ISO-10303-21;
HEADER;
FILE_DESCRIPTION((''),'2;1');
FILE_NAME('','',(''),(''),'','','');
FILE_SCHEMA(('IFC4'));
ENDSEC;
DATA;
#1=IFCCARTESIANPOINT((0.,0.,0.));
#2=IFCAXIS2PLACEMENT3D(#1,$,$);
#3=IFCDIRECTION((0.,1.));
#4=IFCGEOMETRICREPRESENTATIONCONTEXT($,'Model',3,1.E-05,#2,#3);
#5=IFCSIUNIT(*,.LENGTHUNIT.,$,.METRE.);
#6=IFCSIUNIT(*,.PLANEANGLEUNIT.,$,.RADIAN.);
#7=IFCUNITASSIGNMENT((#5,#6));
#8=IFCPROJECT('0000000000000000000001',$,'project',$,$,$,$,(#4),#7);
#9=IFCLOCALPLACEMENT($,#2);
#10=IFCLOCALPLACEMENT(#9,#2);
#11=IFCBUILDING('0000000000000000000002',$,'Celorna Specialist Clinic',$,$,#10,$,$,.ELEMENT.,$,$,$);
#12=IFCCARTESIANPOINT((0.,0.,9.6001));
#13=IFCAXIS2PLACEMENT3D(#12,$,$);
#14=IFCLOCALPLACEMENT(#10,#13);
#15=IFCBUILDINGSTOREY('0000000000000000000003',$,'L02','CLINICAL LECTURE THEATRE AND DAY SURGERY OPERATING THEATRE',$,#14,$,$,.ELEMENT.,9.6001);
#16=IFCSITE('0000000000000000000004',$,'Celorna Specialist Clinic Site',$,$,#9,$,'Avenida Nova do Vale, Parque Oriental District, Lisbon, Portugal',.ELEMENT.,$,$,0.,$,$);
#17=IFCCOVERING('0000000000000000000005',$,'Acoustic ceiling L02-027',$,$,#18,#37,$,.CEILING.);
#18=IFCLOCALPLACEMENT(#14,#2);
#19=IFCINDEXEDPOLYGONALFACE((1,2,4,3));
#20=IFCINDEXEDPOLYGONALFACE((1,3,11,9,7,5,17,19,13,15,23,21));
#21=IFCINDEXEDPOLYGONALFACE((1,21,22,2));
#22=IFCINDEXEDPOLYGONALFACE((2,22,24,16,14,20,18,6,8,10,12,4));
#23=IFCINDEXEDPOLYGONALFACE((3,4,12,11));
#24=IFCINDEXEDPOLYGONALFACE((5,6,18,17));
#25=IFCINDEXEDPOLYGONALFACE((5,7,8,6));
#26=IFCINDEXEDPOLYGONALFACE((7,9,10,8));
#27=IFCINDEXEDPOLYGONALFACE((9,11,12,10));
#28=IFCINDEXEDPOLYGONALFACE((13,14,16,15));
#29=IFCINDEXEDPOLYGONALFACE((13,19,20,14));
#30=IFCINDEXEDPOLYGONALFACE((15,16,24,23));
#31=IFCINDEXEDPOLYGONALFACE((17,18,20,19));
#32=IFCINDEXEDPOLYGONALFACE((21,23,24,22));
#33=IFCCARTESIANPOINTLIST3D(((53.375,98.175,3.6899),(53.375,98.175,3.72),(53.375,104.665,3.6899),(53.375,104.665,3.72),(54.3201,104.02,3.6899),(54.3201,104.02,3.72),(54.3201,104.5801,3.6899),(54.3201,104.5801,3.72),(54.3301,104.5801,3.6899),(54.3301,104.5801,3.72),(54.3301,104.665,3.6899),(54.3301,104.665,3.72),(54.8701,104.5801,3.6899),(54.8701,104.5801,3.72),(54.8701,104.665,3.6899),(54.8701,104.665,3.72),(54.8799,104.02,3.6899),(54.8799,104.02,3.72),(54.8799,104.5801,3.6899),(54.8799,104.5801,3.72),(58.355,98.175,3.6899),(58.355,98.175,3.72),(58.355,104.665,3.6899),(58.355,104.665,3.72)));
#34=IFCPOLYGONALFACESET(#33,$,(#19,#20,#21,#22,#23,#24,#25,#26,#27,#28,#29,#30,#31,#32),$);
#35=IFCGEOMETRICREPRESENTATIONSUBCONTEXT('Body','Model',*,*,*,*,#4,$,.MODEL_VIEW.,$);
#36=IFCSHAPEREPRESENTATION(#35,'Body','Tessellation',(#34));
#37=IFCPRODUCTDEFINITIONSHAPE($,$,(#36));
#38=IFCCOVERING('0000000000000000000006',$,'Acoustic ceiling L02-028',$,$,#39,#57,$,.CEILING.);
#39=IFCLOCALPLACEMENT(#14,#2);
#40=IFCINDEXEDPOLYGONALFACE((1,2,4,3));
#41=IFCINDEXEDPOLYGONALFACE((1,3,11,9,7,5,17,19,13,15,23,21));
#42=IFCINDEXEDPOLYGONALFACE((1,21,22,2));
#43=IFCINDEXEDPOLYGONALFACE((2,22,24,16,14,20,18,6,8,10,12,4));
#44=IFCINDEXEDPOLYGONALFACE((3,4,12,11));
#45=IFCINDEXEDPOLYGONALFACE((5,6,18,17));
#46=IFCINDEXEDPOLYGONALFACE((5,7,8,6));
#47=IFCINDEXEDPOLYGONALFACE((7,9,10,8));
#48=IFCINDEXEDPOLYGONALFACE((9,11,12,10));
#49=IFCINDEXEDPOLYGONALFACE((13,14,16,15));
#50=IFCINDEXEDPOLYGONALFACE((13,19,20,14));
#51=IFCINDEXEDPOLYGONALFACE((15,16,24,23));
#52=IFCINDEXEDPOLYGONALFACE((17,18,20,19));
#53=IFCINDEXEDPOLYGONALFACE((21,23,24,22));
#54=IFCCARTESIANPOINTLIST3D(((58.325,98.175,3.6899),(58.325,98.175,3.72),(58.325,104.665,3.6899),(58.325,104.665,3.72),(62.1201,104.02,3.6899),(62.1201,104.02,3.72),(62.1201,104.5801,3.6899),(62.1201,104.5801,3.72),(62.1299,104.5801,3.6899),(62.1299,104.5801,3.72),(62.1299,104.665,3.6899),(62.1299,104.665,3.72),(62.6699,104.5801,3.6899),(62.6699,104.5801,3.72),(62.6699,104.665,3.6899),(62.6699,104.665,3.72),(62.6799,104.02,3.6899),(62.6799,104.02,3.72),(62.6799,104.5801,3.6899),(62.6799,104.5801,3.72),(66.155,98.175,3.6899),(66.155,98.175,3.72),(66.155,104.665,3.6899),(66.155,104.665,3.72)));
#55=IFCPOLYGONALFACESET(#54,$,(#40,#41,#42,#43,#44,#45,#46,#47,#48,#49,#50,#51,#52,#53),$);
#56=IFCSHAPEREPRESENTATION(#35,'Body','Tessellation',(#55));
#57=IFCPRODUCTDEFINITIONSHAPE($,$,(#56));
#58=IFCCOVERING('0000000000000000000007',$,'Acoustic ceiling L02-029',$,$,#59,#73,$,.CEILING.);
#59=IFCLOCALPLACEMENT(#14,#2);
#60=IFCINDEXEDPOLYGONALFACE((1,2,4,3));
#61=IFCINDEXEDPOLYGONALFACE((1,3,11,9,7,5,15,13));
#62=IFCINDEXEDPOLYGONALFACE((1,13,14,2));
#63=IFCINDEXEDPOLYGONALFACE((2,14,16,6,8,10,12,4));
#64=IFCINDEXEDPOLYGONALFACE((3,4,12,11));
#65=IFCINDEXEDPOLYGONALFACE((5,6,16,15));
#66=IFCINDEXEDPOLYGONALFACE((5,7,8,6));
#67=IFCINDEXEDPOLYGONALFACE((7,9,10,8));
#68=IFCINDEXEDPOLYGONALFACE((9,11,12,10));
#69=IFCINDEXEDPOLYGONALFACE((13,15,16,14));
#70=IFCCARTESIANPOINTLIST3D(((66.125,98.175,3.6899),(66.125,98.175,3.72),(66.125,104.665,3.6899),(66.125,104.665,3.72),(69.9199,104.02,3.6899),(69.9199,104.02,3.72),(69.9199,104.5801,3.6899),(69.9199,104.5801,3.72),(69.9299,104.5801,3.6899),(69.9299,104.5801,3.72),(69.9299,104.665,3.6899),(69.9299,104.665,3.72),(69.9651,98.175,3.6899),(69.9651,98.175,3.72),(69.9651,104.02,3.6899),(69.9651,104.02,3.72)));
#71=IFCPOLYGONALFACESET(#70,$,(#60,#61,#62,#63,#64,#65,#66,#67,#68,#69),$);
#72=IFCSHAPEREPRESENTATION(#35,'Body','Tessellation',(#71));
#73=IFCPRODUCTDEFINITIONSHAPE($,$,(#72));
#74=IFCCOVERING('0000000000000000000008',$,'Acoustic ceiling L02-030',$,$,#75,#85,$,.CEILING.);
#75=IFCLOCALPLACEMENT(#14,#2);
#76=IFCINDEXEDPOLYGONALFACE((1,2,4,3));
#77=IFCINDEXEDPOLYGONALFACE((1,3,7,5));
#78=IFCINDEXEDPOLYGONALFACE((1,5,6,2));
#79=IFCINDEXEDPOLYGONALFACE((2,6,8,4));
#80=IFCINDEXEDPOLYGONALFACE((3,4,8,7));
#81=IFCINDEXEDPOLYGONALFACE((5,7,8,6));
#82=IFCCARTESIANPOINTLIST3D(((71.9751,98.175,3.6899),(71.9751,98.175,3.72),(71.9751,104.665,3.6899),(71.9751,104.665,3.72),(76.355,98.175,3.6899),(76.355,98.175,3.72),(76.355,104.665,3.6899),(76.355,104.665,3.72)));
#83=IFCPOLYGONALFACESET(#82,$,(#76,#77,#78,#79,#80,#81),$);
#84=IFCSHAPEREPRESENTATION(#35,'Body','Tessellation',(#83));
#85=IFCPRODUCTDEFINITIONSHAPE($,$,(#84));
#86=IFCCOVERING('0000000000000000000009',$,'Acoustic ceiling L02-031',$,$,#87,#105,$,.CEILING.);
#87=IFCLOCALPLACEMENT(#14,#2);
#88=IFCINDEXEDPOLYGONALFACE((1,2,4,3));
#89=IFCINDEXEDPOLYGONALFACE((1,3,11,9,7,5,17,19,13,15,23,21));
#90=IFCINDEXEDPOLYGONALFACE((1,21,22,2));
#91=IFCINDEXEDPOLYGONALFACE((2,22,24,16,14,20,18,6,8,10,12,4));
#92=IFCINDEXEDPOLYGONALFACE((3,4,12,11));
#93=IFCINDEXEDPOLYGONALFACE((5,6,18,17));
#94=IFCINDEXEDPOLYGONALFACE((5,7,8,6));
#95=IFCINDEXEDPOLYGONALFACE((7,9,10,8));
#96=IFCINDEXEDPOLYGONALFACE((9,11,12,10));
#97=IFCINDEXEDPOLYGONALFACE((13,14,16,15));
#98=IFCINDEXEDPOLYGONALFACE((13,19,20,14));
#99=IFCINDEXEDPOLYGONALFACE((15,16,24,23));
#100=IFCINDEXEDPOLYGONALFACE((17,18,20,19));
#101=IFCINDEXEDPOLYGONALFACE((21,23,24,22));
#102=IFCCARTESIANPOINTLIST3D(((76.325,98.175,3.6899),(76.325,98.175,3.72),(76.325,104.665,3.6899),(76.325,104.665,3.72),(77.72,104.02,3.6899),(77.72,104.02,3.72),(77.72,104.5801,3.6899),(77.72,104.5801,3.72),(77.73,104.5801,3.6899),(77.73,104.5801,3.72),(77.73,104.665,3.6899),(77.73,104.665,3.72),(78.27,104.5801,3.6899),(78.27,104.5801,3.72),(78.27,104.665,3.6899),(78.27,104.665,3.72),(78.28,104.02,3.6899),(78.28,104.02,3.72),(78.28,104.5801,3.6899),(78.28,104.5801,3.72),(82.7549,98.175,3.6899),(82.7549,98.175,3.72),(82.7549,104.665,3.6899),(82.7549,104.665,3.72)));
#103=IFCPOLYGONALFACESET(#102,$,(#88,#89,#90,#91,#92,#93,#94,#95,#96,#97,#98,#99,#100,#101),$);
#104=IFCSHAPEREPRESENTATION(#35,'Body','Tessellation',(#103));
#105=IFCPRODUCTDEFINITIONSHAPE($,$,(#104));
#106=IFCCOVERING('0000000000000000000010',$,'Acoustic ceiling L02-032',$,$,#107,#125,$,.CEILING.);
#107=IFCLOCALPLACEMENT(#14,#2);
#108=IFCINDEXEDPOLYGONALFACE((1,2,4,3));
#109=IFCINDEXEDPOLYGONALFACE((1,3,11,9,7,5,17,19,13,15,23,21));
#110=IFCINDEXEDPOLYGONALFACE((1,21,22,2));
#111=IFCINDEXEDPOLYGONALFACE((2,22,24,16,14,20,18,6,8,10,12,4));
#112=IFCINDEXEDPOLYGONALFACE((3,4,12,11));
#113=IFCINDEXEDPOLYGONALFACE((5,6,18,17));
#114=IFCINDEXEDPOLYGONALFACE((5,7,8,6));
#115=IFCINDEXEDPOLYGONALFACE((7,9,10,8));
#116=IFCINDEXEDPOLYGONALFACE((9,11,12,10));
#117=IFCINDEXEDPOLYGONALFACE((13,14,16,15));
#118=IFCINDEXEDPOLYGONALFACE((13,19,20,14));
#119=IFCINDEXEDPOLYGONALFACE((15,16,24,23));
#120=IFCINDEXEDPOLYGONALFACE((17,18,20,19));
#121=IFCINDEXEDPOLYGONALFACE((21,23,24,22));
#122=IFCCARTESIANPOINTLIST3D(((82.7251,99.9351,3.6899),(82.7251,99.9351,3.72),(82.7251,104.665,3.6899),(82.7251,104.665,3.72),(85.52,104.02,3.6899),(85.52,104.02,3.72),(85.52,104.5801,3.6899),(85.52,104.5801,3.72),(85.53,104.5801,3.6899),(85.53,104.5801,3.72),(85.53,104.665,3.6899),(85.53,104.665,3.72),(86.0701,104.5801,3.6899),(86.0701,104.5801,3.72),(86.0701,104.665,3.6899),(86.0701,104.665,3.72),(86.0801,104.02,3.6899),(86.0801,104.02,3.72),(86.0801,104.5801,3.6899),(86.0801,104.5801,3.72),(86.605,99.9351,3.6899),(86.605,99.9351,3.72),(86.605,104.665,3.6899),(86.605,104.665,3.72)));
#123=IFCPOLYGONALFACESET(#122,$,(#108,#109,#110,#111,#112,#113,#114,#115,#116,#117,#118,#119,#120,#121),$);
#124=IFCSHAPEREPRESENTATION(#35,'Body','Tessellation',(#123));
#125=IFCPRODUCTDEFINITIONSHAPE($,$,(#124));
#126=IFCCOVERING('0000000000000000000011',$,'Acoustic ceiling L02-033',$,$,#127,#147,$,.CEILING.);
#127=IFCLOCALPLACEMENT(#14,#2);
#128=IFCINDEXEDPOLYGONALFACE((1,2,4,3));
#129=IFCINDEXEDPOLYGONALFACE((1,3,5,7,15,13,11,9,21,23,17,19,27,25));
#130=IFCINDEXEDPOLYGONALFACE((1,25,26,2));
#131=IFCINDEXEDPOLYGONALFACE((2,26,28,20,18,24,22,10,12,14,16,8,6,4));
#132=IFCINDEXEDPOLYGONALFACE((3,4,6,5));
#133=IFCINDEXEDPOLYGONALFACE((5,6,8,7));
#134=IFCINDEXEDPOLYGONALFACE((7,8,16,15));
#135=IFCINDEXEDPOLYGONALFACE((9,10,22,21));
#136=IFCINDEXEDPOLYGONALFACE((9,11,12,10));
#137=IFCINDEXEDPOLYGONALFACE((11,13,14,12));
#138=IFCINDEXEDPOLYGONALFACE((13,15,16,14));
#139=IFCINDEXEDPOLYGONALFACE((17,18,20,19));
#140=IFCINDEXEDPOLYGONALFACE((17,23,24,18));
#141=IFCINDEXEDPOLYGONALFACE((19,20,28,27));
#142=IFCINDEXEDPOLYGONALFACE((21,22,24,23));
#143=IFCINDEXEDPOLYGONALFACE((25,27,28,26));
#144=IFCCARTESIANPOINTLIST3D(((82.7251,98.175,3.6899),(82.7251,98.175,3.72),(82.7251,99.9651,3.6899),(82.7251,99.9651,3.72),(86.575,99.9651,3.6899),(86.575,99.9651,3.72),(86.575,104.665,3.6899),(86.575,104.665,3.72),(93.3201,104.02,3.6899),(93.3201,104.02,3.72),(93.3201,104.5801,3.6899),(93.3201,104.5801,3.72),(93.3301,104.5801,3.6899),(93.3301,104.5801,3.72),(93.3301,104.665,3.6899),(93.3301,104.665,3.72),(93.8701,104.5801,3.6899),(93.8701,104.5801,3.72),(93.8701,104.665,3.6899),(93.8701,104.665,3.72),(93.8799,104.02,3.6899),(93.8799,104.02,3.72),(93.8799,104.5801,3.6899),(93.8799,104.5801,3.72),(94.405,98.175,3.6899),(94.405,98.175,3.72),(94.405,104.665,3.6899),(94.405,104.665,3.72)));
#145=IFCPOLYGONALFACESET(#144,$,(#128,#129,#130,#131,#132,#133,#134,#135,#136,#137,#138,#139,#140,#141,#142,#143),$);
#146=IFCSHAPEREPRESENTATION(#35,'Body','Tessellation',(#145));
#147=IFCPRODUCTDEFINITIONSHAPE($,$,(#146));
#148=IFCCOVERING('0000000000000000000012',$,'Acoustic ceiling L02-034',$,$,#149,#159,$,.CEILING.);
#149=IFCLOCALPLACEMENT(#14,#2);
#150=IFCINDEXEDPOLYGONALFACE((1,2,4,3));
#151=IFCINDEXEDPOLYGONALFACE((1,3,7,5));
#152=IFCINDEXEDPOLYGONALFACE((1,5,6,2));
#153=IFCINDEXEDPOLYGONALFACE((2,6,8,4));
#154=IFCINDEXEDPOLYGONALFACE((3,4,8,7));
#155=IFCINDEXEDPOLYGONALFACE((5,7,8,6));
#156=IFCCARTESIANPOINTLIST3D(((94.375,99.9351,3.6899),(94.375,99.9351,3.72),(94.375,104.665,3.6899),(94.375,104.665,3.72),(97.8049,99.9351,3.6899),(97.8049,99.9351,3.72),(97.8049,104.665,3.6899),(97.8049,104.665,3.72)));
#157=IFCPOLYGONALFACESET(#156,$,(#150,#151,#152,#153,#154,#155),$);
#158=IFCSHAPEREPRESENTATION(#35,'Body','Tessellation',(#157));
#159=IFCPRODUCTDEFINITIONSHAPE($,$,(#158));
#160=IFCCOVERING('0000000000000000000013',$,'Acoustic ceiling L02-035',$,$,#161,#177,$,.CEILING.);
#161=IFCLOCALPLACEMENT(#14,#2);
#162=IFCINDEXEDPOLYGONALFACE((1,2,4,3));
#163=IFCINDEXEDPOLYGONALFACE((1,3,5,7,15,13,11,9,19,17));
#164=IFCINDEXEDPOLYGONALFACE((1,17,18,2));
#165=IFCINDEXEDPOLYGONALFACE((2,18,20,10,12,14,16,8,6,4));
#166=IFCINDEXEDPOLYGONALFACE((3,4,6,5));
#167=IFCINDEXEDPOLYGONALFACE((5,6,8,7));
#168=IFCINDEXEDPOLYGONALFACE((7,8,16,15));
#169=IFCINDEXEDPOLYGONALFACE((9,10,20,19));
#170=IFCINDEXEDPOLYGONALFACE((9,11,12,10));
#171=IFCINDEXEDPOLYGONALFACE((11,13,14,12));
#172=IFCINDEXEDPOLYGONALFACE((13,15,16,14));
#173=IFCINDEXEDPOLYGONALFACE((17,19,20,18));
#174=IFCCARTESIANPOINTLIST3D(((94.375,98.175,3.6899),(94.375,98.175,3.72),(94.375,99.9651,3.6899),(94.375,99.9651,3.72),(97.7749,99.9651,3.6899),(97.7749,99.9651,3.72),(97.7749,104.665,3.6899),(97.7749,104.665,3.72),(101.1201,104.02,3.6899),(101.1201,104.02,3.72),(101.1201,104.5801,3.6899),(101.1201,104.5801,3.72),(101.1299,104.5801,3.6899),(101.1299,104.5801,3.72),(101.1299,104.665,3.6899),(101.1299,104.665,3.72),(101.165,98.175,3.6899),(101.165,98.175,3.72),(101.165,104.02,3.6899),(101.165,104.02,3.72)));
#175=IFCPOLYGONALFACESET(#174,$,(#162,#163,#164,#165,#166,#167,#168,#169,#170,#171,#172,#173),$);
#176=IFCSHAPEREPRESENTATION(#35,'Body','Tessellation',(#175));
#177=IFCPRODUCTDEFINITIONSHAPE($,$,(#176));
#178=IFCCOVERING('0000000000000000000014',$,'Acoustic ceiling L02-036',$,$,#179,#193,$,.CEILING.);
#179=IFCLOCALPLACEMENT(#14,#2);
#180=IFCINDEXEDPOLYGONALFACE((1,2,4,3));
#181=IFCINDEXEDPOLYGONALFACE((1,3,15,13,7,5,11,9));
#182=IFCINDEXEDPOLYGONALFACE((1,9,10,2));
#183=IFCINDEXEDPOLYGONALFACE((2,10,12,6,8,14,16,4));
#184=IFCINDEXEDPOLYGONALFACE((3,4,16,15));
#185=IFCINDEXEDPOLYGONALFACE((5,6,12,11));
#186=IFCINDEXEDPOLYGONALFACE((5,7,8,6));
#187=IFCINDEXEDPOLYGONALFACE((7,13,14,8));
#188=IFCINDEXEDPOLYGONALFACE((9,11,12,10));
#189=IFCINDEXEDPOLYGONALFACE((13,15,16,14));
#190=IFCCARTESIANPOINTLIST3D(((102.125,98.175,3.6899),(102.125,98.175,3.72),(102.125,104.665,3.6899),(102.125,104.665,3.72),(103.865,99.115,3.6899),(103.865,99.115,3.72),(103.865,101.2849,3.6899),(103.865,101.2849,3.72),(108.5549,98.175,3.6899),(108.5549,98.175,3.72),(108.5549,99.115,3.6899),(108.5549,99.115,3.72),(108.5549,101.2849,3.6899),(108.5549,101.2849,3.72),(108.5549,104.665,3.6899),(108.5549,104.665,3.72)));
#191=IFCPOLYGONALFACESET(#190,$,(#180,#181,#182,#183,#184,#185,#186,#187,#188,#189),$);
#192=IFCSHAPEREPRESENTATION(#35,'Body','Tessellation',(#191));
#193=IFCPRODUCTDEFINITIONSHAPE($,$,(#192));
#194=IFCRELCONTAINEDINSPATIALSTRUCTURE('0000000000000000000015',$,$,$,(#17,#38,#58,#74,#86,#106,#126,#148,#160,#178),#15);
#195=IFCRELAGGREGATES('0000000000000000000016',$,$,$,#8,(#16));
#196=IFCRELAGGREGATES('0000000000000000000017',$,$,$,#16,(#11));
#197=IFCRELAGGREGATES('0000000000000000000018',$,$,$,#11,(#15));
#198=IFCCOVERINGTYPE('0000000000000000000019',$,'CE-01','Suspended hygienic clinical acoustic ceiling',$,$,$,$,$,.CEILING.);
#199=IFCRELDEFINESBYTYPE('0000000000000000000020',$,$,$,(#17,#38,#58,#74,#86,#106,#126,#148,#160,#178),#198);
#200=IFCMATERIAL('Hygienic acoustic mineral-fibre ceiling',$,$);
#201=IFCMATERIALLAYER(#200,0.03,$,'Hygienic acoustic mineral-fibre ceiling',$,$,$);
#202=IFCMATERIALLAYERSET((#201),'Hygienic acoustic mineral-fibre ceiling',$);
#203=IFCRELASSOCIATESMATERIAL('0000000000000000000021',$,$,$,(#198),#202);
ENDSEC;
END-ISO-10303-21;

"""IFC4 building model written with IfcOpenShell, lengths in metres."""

from ifc_helpers import new_model, si_unit, direction, frame, origin, place, context, subcontext, project, spatial, polyline, outline, extrude, material, layer, layer_set, type_object, element, save


model = new_model("IFC4")

# Units and contexts
model_context = context("Model", 3, precision=1e-05, world=origin(), true_north=direction((0.0, 1.0)))
body_context = subcontext(model_context, "Body", "Model", "MODEL_VIEW")
ifc_project = project(units=[si_unit("LENGTHUNIT", "METRE"), si_unit("PLANEANGLEUNIT", "RADIAN")], contexts=[model_context])

# Site, building, storey
site_placement = place(None, origin())
site = spatial("IfcSite", under=ifc_project, at=site_placement, Name="Celorna Specialist Clinic Site", LongName="Avenida Nova do Vale, Parque Oriental District, Lisbon, Portugal", CompositionType="ELEMENT", RefElevation=0.0)
building_placement = place(site_placement, origin())
building = spatial("IfcBuilding", under=site, at=building_placement, Name="Celorna Specialist Clinic", CompositionType="ELEMENT")
storey_placement = place(building_placement, frame((0.0, 0.0, 9.6001)))
storey = spatial("IfcBuildingStorey", under=building, at=storey_placement, Name="L02", Description="CLINICAL LECTURE THEATRE AND DAY SURGERY OPERATING THEATRE", CompositionType="ELEMENT", Elevation=9.6001)

# Coverings
ifc_material_1 = material(Name="Hygienic acoustic mineral-fibre ceiling")
ifc_layer_1 = layer(ifc_material_1, 0.03, Name="Hygienic acoustic mineral-fibre ceiling")
ifc_layer_set_1 = layer_set([ifc_layer_1], Name="Hygienic acoustic mineral-fibre ceiling")
covering_type_1 = type_object("IfcCoveringType", Name="CE-01", Description="Suspended hygienic clinical acoustic ceiling", PredefinedType="CEILING", material=ifc_layer_set_1)
covering_1_placement = place(storey_placement, frame((0.0, 0.0, 3.6899)))
element("IfcCovering", 1, at=covering_1_placement, inside=storey, type_object=covering_type_1, Name="Acoustic ceiling L02-027", PredefinedType="CEILING", context=body_context, shape_type="SweptSolid", body=[
    extrude(outline(polyline([(54.3301, 104.665), (54.3301, 104.5801), (54.3201, 104.5801), (54.3201, 104.02), (54.8799, 104.02), (54.8799, 104.5801), (54.8701, 104.5801), (54.8701, 104.665), (58.355, 104.665), (58.355, 98.175), (53.375, 98.175), (53.375, 104.665), (54.3301, 104.665)])), origin(), (0.0, 0.0, 1.0), 0.03),
])
covering_2_placement = place(storey_placement, frame((0.0, 0.0, 3.6899)))
element("IfcCovering", 2, at=covering_2_placement, inside=storey, type_object=covering_type_1, Name="Acoustic ceiling L02-028", PredefinedType="CEILING", context=body_context, shape_type="SweptSolid", body=[
    extrude(outline(polyline([(62.1299, 104.665), (62.1299, 104.5801), (62.1201, 104.5801), (62.1201, 104.02), (62.6799, 104.02), (62.6799, 104.5801), (62.6699, 104.5801), (62.6699, 104.665), (66.155, 104.665), (66.155, 98.175), (58.325, 98.175), (58.325, 104.665), (62.1299, 104.665)])), origin(), (0.0, 0.0, 1.0), 0.03),
])
covering_3_placement = place(storey_placement, frame((0.0, 0.0, 3.6899)))
element("IfcCovering", 3, at=covering_3_placement, inside=storey, type_object=covering_type_1, Name="Acoustic ceiling L02-029", PredefinedType="CEILING", context=body_context, shape_type="SweptSolid", body=[
    extrude(outline(polyline([(69.9299, 104.665), (69.9299, 104.5801), (69.9199, 104.5801), (69.9199, 104.02), (69.9651, 104.02), (69.9651, 98.175), (66.125, 98.175), (66.125, 104.665), (69.9299, 104.665)])), origin(), (0.0, 0.0, 1.0), 0.03),
])
covering_4_placement = place(storey_placement, frame((0.0, 0.0, 3.6899)))
element("IfcCovering", 4, at=covering_4_placement, inside=storey, type_object=covering_type_1, Name="Acoustic ceiling L02-030", PredefinedType="CEILING", context=body_context, shape_type="SweptSolid", body=[
    extrude(outline(polyline([(76.355, 104.665), (76.355, 98.175), (71.9751, 98.175), (71.9751, 104.665), (76.355, 104.665)])), origin(), (0.0, 0.0, 1.0), 0.03),
])
covering_5_placement = place(storey_placement, frame((0.0, 0.0, 3.6899)))
element("IfcCovering", 5, at=covering_5_placement, inside=storey, type_object=covering_type_1, Name="Acoustic ceiling L02-031", PredefinedType="CEILING", context=body_context, shape_type="SweptSolid", body=[
    extrude(outline(polyline([(77.73, 104.665), (77.73, 104.5801), (77.72, 104.5801), (77.72, 104.02), (78.28, 104.02), (78.28, 104.5801), (78.27, 104.5801), (78.27, 104.665), (82.7549, 104.665), (82.7549, 98.175), (76.325, 98.175), (76.325, 104.665), (77.73, 104.665)])), origin(), (0.0, 0.0, 1.0), 0.03),
])
covering_6_placement = place(storey_placement, frame((0.0, 0.0, 3.6899)))
element("IfcCovering", 6, at=covering_6_placement, inside=storey, type_object=covering_type_1, Name="Acoustic ceiling L02-032", PredefinedType="CEILING", context=body_context, shape_type="SweptSolid", body=[
    extrude(outline(polyline([(85.53, 104.665), (85.53, 104.5801), (85.52, 104.5801), (85.52, 104.02), (86.0801, 104.02), (86.0801, 104.5801), (86.0701, 104.5801), (86.0701, 104.665), (86.605, 104.665), (86.605, 99.9351), (82.7251, 99.9351), (82.7251, 104.665), (85.53, 104.665)])), origin(), (0.0, 0.0, 1.0), 0.03),
])
covering_7_placement = place(storey_placement, frame((0.0, 0.0, 3.6899)))
element("IfcCovering", 7, at=covering_7_placement, inside=storey, type_object=covering_type_1, Name="Acoustic ceiling L02-033", PredefinedType="CEILING", context=body_context, shape_type="SweptSolid", body=[
    extrude(outline(polyline([(86.575, 104.665), (93.3301, 104.665), (93.3301, 104.5801), (93.3201, 104.5801), (93.3201, 104.02), (93.8799, 104.02), (93.8799, 104.5801), (93.8701, 104.5801), (93.8701, 104.665), (94.405, 104.665), (94.405, 98.175), (82.7251, 98.175), (82.7251, 99.9651), (86.575, 99.9651), (86.575, 104.665)])), origin(), (0.0, 0.0, 1.0), 0.03),
])
covering_8_placement = place(storey_placement, frame((0.0, 0.0, 3.6899)))
element("IfcCovering", 8, at=covering_8_placement, inside=storey, type_object=covering_type_1, Name="Acoustic ceiling L02-034", PredefinedType="CEILING", context=body_context, shape_type="SweptSolid", body=[
    extrude(outline(polyline([(97.8049, 104.665), (97.8049, 99.9351), (94.375, 99.9351), (94.375, 104.665), (97.8049, 104.665)])), origin(), (0.0, 0.0, 1.0), 0.03),
])
covering_9_placement = place(storey_placement, frame((0.0, 0.0, 3.6899)))
element("IfcCovering", 9, at=covering_9_placement, inside=storey, type_object=covering_type_1, Name="Acoustic ceiling L02-035", PredefinedType="CEILING", context=body_context, shape_type="SweptSolid", body=[
    extrude(outline(polyline([(97.7749, 104.665), (101.1299, 104.665), (101.1299, 104.5801), (101.1201, 104.5801), (101.1201, 104.02), (101.165, 104.02), (101.165, 98.175), (94.375, 98.175), (94.375, 99.9651), (97.7749, 99.9651), (97.7749, 104.665)])), origin(), (0.0, 0.0, 1.0), 0.03),
])
covering_10_placement = place(storey_placement, frame((0.0, 0.0, 3.6899)))
element("IfcCovering", 10, at=covering_10_placement, inside=storey, type_object=covering_type_1, Name="Acoustic ceiling L02-036", PredefinedType="CEILING", context=body_context, shape_type="SweptSolid", body=[
    extrude(outline(polyline([(102.125, 104.665), (108.5549, 104.665), (108.5549, 101.2849), (103.865, 101.2849), (103.865, 99.115), (108.5549, 99.115), (108.5549, 98.175), (102.125, 98.175), (102.125, 104.665)])), origin(), (0.0, 0.0, 1.0), 0.03),
])

save(model, "model.ifc")
